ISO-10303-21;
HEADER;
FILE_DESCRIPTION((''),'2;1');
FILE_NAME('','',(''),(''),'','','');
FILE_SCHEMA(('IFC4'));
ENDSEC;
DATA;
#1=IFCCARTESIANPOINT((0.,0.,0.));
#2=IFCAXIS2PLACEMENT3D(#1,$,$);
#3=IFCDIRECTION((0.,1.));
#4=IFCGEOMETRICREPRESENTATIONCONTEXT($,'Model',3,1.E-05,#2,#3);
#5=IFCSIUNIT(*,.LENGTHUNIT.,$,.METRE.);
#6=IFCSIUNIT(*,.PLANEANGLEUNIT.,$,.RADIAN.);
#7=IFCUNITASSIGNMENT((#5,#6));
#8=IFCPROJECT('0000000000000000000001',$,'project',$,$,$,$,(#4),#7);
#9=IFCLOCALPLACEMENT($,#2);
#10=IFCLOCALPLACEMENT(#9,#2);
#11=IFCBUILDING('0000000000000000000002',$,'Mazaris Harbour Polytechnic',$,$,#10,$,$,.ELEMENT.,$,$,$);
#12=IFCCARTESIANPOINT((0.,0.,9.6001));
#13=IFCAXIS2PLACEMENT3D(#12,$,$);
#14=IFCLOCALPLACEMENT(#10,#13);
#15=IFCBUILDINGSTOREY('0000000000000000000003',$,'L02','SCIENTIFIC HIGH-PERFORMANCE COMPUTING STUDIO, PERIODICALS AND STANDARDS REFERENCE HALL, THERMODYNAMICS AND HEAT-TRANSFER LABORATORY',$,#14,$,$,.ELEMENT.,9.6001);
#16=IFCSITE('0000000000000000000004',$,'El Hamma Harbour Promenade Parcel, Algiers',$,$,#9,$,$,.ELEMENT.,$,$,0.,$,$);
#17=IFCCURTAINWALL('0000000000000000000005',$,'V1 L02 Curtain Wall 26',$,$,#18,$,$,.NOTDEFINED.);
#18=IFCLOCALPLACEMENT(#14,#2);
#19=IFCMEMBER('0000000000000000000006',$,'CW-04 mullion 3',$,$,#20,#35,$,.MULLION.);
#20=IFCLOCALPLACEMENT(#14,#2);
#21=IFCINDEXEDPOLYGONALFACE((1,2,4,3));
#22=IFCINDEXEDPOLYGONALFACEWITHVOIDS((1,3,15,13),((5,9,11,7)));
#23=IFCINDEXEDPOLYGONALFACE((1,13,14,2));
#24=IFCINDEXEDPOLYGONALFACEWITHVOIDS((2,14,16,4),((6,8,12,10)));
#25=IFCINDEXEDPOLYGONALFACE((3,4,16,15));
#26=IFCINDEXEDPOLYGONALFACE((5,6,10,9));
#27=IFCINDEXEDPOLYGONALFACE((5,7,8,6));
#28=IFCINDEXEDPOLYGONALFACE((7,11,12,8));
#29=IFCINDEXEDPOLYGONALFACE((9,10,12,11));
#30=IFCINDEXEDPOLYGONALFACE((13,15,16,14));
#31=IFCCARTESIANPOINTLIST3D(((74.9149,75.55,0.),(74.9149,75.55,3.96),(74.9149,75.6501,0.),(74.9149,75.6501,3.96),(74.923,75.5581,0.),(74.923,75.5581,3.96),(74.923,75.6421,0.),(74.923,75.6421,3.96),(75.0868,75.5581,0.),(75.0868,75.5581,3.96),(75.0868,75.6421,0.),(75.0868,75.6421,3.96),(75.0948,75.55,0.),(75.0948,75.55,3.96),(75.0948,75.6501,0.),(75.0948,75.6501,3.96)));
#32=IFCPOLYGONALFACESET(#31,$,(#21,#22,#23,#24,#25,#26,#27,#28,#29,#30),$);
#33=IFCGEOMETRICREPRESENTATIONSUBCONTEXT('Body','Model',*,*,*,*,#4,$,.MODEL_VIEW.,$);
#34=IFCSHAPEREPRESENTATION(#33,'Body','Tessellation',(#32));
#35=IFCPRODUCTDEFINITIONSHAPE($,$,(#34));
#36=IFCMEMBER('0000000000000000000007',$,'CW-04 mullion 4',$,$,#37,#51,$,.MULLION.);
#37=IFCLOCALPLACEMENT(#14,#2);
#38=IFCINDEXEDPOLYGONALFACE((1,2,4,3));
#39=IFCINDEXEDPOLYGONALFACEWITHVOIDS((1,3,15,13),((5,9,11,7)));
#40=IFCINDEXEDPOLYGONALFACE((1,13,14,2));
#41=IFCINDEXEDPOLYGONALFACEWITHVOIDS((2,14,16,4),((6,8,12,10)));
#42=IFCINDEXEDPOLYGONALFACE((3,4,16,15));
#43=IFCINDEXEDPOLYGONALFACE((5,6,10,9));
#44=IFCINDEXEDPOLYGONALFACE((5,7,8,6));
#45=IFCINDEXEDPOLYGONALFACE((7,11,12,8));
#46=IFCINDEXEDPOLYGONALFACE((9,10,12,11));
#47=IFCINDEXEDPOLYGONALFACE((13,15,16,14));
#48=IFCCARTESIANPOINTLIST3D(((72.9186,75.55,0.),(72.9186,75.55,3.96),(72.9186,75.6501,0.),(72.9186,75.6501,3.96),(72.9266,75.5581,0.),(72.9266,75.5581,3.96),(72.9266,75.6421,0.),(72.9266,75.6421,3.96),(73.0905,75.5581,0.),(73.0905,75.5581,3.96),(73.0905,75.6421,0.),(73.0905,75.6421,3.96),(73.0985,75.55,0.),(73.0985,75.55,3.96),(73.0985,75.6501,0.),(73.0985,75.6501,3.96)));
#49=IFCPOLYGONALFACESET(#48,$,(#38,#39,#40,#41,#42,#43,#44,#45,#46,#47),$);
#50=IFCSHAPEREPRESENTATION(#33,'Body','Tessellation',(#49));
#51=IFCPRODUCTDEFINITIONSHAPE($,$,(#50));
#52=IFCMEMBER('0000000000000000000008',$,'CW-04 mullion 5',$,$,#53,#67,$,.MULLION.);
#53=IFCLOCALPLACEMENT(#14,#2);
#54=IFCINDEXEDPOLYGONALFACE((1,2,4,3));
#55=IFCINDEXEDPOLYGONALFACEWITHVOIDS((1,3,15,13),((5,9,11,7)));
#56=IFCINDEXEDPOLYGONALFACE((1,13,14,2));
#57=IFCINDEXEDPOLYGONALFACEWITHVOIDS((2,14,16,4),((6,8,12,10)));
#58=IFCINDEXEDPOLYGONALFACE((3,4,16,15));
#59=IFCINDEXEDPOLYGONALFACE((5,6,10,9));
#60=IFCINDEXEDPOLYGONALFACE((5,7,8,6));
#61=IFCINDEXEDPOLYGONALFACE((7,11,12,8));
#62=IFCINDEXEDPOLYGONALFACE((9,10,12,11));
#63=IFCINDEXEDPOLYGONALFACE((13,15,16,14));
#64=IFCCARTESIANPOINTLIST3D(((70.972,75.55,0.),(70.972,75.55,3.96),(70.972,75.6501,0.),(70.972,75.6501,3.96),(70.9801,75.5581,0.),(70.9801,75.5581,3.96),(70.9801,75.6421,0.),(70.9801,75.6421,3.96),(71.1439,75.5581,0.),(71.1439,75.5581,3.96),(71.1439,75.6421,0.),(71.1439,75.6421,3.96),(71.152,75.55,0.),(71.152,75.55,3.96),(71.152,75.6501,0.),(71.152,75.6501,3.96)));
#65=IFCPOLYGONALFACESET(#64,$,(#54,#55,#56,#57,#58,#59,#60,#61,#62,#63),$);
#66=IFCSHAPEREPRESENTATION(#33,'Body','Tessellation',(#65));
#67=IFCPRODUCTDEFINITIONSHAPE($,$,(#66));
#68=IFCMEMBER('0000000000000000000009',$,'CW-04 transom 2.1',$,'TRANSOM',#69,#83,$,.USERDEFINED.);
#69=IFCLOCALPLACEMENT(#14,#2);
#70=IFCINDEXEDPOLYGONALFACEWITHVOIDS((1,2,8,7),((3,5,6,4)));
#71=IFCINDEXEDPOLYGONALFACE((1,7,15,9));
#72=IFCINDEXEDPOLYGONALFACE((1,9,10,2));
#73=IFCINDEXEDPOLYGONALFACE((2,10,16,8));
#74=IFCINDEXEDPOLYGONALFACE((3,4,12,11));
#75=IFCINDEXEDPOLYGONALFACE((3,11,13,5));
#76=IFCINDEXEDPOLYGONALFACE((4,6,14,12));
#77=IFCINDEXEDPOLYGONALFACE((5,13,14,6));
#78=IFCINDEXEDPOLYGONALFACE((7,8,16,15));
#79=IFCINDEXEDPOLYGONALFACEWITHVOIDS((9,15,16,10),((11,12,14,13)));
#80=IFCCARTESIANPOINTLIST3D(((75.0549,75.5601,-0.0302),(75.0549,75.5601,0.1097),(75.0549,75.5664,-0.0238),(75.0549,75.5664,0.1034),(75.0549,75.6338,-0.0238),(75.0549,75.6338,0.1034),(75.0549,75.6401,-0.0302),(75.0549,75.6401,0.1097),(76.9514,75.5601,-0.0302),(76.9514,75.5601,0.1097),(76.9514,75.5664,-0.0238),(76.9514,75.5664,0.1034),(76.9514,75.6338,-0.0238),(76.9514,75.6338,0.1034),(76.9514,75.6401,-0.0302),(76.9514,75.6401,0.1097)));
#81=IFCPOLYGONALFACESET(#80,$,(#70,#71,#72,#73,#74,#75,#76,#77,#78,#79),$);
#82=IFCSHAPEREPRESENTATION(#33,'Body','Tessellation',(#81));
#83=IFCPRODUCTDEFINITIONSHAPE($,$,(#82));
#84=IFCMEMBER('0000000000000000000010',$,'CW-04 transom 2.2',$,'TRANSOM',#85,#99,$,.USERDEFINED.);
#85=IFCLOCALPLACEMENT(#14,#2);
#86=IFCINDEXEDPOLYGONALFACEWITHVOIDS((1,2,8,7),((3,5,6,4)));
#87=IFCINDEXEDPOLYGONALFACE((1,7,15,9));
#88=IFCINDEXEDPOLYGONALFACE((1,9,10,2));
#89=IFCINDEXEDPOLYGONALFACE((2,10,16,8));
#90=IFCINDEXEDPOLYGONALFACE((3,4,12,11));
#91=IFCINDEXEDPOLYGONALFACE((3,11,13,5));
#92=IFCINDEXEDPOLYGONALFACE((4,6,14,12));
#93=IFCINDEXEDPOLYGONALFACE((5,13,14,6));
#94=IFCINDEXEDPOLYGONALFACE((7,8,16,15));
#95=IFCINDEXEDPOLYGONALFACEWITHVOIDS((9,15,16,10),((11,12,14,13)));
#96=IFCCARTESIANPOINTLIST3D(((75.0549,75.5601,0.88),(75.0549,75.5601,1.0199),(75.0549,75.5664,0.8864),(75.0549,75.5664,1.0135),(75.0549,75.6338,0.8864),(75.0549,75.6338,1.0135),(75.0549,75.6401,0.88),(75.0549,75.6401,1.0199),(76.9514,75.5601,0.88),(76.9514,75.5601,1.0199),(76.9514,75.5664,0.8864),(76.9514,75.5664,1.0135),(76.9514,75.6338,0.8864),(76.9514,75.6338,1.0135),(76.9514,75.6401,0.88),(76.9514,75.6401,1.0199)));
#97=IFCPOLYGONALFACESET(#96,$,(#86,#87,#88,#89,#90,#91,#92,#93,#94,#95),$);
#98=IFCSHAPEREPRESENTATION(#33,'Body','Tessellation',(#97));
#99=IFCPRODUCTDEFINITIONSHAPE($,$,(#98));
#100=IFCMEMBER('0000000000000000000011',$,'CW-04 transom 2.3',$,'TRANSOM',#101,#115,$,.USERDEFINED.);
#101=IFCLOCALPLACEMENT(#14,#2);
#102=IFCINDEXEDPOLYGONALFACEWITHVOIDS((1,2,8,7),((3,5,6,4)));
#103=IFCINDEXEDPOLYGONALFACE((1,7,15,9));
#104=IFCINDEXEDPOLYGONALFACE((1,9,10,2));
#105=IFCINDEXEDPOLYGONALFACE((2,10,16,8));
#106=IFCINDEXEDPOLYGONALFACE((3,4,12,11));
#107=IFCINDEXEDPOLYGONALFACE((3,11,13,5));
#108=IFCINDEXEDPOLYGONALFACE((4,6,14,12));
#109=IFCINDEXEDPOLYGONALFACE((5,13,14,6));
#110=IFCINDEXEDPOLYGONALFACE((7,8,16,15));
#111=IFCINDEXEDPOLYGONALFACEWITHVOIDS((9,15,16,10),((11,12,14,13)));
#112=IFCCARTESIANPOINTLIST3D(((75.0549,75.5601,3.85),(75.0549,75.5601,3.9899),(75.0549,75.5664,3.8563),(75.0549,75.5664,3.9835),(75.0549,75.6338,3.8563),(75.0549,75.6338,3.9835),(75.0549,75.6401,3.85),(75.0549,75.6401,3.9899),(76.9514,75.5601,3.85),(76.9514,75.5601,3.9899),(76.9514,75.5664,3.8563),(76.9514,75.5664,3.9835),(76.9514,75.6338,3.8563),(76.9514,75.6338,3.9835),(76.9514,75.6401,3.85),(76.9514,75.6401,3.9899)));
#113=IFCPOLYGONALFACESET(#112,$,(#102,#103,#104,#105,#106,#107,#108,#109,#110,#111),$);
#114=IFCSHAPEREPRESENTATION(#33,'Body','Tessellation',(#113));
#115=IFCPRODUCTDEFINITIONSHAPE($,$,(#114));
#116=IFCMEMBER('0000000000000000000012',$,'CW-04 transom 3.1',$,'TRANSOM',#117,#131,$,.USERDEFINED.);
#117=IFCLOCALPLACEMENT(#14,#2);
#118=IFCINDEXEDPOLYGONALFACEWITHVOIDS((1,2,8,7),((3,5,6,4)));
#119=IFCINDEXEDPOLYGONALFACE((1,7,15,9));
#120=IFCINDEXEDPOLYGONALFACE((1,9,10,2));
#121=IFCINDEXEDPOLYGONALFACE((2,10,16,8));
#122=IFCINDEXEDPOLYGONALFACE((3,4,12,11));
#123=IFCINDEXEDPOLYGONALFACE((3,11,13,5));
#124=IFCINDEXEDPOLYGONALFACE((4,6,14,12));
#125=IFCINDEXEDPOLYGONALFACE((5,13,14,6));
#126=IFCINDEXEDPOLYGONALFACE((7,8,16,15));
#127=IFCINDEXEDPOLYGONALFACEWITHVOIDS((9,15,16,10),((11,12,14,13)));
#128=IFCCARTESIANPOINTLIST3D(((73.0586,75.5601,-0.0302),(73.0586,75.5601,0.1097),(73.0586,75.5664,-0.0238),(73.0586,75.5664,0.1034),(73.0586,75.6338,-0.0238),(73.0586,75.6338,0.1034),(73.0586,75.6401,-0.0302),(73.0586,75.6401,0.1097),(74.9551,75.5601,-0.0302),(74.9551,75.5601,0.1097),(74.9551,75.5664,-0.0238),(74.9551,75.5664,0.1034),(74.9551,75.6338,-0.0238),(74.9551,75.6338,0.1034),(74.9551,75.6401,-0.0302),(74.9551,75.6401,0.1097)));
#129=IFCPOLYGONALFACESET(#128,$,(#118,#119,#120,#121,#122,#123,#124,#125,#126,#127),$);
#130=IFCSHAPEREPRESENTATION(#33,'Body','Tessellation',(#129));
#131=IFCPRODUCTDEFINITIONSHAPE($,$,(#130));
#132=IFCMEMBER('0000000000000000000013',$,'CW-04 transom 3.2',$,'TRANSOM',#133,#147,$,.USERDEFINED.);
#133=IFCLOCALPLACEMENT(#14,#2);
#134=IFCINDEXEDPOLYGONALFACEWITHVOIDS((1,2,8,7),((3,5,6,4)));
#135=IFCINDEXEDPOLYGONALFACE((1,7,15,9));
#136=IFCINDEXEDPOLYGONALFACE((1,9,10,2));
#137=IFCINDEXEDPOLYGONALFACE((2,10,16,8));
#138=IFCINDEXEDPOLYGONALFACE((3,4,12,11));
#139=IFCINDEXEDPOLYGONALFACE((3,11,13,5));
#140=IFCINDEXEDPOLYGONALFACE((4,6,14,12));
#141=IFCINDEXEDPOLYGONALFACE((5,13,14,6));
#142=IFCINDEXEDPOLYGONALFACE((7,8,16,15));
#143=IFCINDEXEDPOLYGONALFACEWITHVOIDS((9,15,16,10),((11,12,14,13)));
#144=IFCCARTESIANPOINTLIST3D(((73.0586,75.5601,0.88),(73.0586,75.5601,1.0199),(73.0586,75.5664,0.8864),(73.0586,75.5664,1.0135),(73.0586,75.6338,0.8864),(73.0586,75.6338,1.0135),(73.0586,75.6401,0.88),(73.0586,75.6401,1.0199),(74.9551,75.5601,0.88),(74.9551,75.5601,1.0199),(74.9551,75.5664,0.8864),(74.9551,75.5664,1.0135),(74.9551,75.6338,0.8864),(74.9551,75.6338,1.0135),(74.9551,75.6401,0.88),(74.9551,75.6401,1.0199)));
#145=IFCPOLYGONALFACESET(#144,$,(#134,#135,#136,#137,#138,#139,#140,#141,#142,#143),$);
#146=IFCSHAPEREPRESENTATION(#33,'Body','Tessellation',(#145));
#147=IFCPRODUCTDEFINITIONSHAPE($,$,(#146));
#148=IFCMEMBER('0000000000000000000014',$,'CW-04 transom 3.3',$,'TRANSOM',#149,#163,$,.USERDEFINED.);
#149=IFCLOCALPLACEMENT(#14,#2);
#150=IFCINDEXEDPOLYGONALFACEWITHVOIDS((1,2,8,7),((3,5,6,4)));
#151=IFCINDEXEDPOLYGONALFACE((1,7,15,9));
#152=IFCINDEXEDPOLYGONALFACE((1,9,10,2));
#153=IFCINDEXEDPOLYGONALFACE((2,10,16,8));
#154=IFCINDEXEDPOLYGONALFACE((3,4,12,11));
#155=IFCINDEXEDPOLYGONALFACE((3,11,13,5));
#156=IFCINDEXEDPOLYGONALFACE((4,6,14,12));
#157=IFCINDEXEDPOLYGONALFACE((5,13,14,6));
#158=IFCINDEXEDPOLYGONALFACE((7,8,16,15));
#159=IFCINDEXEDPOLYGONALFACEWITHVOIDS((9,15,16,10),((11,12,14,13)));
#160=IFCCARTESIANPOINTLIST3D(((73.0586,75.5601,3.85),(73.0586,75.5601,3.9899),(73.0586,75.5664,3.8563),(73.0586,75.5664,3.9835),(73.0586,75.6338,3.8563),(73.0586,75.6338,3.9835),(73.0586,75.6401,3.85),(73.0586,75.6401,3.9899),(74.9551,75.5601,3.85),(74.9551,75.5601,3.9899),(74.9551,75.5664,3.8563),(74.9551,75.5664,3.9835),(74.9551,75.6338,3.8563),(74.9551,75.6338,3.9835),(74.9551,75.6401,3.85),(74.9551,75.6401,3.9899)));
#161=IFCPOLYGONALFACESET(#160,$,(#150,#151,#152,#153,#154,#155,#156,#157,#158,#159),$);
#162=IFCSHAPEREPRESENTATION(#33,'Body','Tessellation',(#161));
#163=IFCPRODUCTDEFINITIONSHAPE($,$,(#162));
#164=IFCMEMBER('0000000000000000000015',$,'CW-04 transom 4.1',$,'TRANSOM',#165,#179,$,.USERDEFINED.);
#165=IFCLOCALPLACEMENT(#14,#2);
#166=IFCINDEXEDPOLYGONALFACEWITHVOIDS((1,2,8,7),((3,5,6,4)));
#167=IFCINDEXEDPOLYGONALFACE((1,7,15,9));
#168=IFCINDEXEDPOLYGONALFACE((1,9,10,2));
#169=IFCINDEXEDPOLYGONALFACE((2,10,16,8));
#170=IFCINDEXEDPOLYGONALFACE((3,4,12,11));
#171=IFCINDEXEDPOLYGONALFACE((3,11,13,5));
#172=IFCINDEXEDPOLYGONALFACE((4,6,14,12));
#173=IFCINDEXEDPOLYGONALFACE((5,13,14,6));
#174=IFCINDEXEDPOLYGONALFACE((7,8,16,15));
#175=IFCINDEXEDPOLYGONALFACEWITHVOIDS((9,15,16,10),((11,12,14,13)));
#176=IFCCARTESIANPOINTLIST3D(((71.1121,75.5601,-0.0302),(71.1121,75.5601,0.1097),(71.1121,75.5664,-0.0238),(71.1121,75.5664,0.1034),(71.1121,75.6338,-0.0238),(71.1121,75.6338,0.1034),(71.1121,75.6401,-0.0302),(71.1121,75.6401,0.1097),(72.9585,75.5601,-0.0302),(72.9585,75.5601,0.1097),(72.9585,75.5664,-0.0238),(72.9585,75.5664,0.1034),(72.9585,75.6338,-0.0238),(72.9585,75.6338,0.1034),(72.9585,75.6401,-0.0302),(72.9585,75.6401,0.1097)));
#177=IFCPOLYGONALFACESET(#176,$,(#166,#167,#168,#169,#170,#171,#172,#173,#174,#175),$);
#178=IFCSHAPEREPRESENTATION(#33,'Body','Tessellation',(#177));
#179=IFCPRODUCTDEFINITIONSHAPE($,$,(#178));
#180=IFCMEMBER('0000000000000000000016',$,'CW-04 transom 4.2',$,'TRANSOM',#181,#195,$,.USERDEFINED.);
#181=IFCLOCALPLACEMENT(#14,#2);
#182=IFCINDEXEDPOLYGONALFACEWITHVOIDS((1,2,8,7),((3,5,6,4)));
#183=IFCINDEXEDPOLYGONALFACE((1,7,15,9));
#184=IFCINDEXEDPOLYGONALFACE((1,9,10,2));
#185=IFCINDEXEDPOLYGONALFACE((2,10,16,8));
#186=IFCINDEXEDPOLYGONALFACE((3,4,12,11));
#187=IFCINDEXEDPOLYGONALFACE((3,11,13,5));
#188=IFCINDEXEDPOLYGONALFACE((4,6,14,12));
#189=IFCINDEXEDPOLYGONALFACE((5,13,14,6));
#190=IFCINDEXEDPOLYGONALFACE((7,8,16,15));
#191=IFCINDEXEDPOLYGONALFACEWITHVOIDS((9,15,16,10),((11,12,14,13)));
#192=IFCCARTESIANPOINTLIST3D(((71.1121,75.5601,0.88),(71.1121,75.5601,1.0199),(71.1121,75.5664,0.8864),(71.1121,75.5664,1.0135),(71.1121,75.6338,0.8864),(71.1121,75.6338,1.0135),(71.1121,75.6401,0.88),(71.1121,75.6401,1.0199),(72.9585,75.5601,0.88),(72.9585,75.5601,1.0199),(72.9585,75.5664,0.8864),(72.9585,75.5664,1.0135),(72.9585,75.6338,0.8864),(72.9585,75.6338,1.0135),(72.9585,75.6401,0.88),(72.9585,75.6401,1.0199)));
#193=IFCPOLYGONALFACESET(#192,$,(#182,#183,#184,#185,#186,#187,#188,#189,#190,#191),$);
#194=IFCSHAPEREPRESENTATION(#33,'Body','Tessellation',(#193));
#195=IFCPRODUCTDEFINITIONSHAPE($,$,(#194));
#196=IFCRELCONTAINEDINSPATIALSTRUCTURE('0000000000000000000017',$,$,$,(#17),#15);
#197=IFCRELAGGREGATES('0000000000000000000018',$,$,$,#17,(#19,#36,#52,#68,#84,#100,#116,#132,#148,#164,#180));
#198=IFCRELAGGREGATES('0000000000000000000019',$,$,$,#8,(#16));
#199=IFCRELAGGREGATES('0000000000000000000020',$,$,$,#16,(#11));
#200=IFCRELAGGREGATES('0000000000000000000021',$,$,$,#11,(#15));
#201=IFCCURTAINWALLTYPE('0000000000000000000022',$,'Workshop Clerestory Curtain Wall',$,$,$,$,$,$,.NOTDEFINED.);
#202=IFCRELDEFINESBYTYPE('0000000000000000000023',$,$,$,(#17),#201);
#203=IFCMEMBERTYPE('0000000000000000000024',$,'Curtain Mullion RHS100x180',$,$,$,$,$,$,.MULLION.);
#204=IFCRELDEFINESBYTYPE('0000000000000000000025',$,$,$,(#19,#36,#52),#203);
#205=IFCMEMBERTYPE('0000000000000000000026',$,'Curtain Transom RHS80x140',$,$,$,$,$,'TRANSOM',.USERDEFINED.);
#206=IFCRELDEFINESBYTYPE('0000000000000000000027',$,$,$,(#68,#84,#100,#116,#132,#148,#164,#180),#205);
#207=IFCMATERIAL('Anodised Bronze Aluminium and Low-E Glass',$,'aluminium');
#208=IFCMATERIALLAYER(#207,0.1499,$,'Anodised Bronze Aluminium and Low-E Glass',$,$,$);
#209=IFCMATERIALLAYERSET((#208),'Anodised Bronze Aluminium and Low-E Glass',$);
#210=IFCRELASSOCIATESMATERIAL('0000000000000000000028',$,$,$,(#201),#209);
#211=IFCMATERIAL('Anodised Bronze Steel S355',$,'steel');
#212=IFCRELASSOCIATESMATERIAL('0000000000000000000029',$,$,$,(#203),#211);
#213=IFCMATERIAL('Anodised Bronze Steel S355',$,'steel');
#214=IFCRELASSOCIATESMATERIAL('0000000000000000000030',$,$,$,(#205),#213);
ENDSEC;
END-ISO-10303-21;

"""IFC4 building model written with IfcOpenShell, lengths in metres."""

from ifc_helpers import new_model, si_unit, direction, frame, origin, origin_2d, place, context, subcontext, project, spatial, hollow_rectangle, extrude, material, layer, layer_set, material_profile, profile_set, type_object, element, aggregate, save


model = new_model("IFC4")

# Units and contexts
model_context = context("Model", 3, precision=1e-05, world=origin(), true_north=direction((0.0, 1.0)))
body_context = subcontext(model_context, "Body", "Model", "MODEL_VIEW")
ifc_project = project(units=[si_unit("LENGTHUNIT", "METRE"), si_unit("PLANEANGLEUNIT", "RADIAN")], contexts=[model_context])

# Site, building, storey
site_placement = place(None, origin())
site = spatial("IfcSite", under=ifc_project, at=site_placement, Name="El Hamma Harbour Promenade Parcel, Algiers", CompositionType="ELEMENT", RefElevation=0.0)
building_placement = place(site_placement, origin())
building = spatial("IfcBuilding", under=site, at=building_placement, Name="Mazaris Harbour Polytechnic", CompositionType="ELEMENT")
storey_placement = place(building_placement, frame((0.0, 0.0, 9.6001)))
storey = spatial("IfcBuildingStorey", under=building, at=storey_placement, Name="L02", Description="SCIENTIFIC HIGH-PERFORMANCE COMPUTING STUDIO, PERIODICALS AND STANDARDS REFERENCE HALL, THERMODYNAMICS AND HEAT-TRANSFER LABORATORY", CompositionType="ELEMENT", Elevation=9.6001)

# Curtain wall, members
ifc_material_1 = material(Name="Anodised Bronze Aluminium and Low-E Glass", Category="aluminium")
ifc_layer_1 = layer(ifc_material_1, 0.1499, Name="Anodised Bronze Aluminium and Low-E Glass")
ifc_layer_set_1 = layer_set([ifc_layer_1], Name="Anodised Bronze Aluminium and Low-E Glass")
curtain_wall_type = type_object("IfcCurtainWallType", Name="Workshop Clerestory Curtain Wall", PredefinedType="NOTDEFINED", material=ifc_layer_set_1)
curtain_wall_placement = place(storey_placement, origin())
curtain_wall = element("IfcCurtainWall", 1, at=curtain_wall_placement, inside=storey, type_object=curtain_wall_type, Name="V1 L02 Curtain Wall 26", PredefinedType="NOTDEFINED")
ifc_material_2 = material(Name="Anodised Bronze Steel S355", Category="steel")
ifc_material_profile_1 = material_profile(ifc_material_2, hollow_rectangle(XDim=0.1001, YDim=0.1799, WallThickness=0.0081, at=origin_2d()), Name="RHS 100x180x8.0")
ifc_profile_set_1 = profile_set([ifc_material_profile_1], Name="Anodised Bronze Steel S355")
member_type_1 = type_object("IfcMemberType", Name="Curtain Mullion RHS100x180", PredefinedType="MULLION", material=ifc_profile_set_1)
member_1_placement = place(storey_placement, frame((75.0049, 75.6001, 0.0), z_axis=(0.0, 0.0, 1.0), x_axis=(0.0, -1.0, 0.0)))
member_1 = element("IfcMember", 2, at=member_1_placement, type_object=member_type_1, Name="CW-04 mullion 3", PredefinedType="MULLION", context=body_context, shape_type="SweptSolid", body=[
    extrude(hollow_rectangle(XDim=0.1001, YDim=0.1799, WallThickness=0.0081, at=origin_2d()), origin(), (0.0, 0.0, 1.0), 3.96),
])
member_2_placement = place(storey_placement, frame((73.0085, 75.6001, 0.0), z_axis=(0.0, 0.0, 1.0), x_axis=(0.0, -1.0, 0.0)))
member_2 = element("IfcMember", 3, at=member_2_placement, type_object=member_type_1, Name="CW-04 mullion 4", PredefinedType="MULLION", context=body_context, shape_type="SweptSolid", body=[
    extrude(hollow_rectangle(XDim=0.1001, YDim=0.1799, WallThickness=0.0081, at=origin_2d()), origin(), (0.0, 0.0, 1.0), 3.96),
])
member_3_placement = place(storey_placement, frame((71.062, 75.6001, 0.0), z_axis=(0.0, 0.0, 1.0), x_axis=(0.0, -1.0, 0.0)))
member_3 = element("IfcMember", 4, at=member_3_placement, type_object=member_type_1, Name="CW-04 mullion 5", PredefinedType="MULLION", context=body_context, shape_type="SweptSolid", body=[
    extrude(hollow_rectangle(XDim=0.1001, YDim=0.1799, WallThickness=0.0081, at=origin_2d()), origin(), (0.0, 0.0, 1.0), 3.96),
])
ifc_material_3 = material(Name="Anodised Bronze Steel S355", Category="steel")
ifc_material_profile_2 = material_profile(ifc_material_3, hollow_rectangle(XDim=0.0801, YDim=0.1399, WallThickness=0.0063, at=origin_2d()), Name="RHS 80x140x6.3")
ifc_profile_set_2 = profile_set([ifc_material_profile_2], Name="Anodised Bronze Steel S355")
member_type_2 = type_object("IfcMemberType", Name="Curtain Transom RHS80x140", ElementType="TRANSOM", PredefinedType="USERDEFINED", material=ifc_profile_set_2)
member_4_placement = place(storey_placement, frame((76.9514, 75.6001, 0.0398), z_axis=(-1.0, 0.0, 0.0), x_axis=(0.0, -1.0, 0.0)))
member_4 = element("IfcMember", 5, at=member_4_placement, type_object=member_type_2, Name="CW-04 transom 2.1", ObjectType="TRANSOM", PredefinedType="USERDEFINED", context=body_context, shape_type="SweptSolid", body=[
    extrude(hollow_rectangle(XDim=0.0801, YDim=0.1399, WallThickness=0.0063, at=origin_2d()), origin(), (0.0, 0.0, 1.0), 1.8965),
])
member_5_placement = place(storey_placement, frame((76.9514, 75.6001, 0.95), z_axis=(-1.0, 0.0, 0.0), x_axis=(0.0, -1.0, 0.0)))
member_5 = element("IfcMember", 6, at=member_5_placement, type_object=member_type_2, Name="CW-04 transom 2.2", ObjectType="TRANSOM", PredefinedType="USERDEFINED", context=body_context, shape_type="SweptSolid", body=[
    extrude(hollow_rectangle(XDim=0.0801, YDim=0.1399, WallThickness=0.0063, at=origin_2d()), origin(), (0.0, 0.0, 1.0), 1.8965),
])
member_6_placement = place(storey_placement, frame((76.9514, 75.6001, 3.9199), z_axis=(-1.0, 0.0, 0.0), x_axis=(0.0, -1.0, 0.0)))
member_6 = element("IfcMember", 7, at=member_6_placement, type_object=member_type_2, Name="CW-04 transom 2.3", ObjectType="TRANSOM", PredefinedType="USERDEFINED", context=body_context, shape_type="SweptSolid", body=[
    extrude(hollow_rectangle(XDim=0.0801, YDim=0.1399, WallThickness=0.0063, at=origin_2d()), origin(), (0.0, 0.0, 1.0), 1.8965),
])
member_7_placement = place(storey_placement, frame((74.9551, 75.6001, 0.0398), z_axis=(-1.0, 0.0, 0.0), x_axis=(0.0, -1.0, 0.0)))
member_7 = element("IfcMember", 8, at=member_7_placement, type_object=member_type_2, Name="CW-04 transom 3.1", ObjectType="TRANSOM", PredefinedType="USERDEFINED", context=body_context, shape_type="SweptSolid", body=[
    extrude(hollow_rectangle(XDim=0.0801, YDim=0.1399, WallThickness=0.0063, at=origin_2d()), origin(), (0.0, 0.0, 1.0), 1.8965),
])
member_8_placement = place(storey_placement, frame((74.9551, 75.6001, 0.95), z_axis=(-1.0, 0.0, 0.0), x_axis=(0.0, -1.0, 0.0)))
member_8 = element("IfcMember", 9, at=member_8_placement, type_object=member_type_2, Name="CW-04 transom 3.2", ObjectType="TRANSOM", PredefinedType="USERDEFINED", context=body_context, shape_type="SweptSolid", body=[
    extrude(hollow_rectangle(XDim=0.0801, YDim=0.1399, WallThickness=0.0063, at=origin_2d()), origin(), (0.0, 0.0, 1.0), 1.8965),
])
member_9_placement = place(storey_placement, frame((74.9551, 75.6001, 3.9199), z_axis=(-1.0, 0.0, 0.0), x_axis=(0.0, -1.0, 0.0)))
member_9 = element("IfcMember", 10, at=member_9_placement, type_object=member_type_2, Name="CW-04 transom 3.3", ObjectType="TRANSOM", PredefinedType="USERDEFINED", context=body_context, shape_type="SweptSolid", body=[
    extrude(hollow_rectangle(XDim=0.0801, YDim=0.1399, WallThickness=0.0063, at=origin_2d()), origin(), (0.0, 0.0, 1.0), 1.8965),
])
member_10_placement = place(storey_placement, frame((72.9585, 75.6001, 0.0398), z_axis=(-1.0, 0.0, 0.0), x_axis=(0.0, -1.0, 0.0)))
member_10 = element("IfcMember", 11, at=member_10_placement, type_object=member_type_2, Name="CW-04 transom 4.1", ObjectType="TRANSOM", PredefinedType="USERDEFINED", context=body_context, shape_type="SweptSolid", body=[
    extrude(hollow_rectangle(XDim=0.0801, YDim=0.1399, WallThickness=0.0063, at=origin_2d()), origin(), (0.0, 0.0, 1.0), 1.8464),
])
member_11_placement = place(storey_placement, frame((72.9585, 75.6001, 0.95), z_axis=(-1.0, 0.0, 0.0), x_axis=(0.0, -1.0, 0.0)))
member_11 = element("IfcMember", 12, at=member_11_placement, type_object=member_type_2, Name="CW-04 transom 4.2", ObjectType="TRANSOM", PredefinedType="USERDEFINED", context=body_context, shape_type="SweptSolid", body=[
    extrude(hollow_rectangle(XDim=0.0801, YDim=0.1399, WallThickness=0.0063, at=origin_2d()), origin(), (0.0, 0.0, 1.0), 1.8464),
])

aggregate(curtain_wall, [member_1, member_2, member_3, member_4, member_5, member_6, member_7, member_8, member_9, member_10, member_11])

save(model, "model.ifc")
